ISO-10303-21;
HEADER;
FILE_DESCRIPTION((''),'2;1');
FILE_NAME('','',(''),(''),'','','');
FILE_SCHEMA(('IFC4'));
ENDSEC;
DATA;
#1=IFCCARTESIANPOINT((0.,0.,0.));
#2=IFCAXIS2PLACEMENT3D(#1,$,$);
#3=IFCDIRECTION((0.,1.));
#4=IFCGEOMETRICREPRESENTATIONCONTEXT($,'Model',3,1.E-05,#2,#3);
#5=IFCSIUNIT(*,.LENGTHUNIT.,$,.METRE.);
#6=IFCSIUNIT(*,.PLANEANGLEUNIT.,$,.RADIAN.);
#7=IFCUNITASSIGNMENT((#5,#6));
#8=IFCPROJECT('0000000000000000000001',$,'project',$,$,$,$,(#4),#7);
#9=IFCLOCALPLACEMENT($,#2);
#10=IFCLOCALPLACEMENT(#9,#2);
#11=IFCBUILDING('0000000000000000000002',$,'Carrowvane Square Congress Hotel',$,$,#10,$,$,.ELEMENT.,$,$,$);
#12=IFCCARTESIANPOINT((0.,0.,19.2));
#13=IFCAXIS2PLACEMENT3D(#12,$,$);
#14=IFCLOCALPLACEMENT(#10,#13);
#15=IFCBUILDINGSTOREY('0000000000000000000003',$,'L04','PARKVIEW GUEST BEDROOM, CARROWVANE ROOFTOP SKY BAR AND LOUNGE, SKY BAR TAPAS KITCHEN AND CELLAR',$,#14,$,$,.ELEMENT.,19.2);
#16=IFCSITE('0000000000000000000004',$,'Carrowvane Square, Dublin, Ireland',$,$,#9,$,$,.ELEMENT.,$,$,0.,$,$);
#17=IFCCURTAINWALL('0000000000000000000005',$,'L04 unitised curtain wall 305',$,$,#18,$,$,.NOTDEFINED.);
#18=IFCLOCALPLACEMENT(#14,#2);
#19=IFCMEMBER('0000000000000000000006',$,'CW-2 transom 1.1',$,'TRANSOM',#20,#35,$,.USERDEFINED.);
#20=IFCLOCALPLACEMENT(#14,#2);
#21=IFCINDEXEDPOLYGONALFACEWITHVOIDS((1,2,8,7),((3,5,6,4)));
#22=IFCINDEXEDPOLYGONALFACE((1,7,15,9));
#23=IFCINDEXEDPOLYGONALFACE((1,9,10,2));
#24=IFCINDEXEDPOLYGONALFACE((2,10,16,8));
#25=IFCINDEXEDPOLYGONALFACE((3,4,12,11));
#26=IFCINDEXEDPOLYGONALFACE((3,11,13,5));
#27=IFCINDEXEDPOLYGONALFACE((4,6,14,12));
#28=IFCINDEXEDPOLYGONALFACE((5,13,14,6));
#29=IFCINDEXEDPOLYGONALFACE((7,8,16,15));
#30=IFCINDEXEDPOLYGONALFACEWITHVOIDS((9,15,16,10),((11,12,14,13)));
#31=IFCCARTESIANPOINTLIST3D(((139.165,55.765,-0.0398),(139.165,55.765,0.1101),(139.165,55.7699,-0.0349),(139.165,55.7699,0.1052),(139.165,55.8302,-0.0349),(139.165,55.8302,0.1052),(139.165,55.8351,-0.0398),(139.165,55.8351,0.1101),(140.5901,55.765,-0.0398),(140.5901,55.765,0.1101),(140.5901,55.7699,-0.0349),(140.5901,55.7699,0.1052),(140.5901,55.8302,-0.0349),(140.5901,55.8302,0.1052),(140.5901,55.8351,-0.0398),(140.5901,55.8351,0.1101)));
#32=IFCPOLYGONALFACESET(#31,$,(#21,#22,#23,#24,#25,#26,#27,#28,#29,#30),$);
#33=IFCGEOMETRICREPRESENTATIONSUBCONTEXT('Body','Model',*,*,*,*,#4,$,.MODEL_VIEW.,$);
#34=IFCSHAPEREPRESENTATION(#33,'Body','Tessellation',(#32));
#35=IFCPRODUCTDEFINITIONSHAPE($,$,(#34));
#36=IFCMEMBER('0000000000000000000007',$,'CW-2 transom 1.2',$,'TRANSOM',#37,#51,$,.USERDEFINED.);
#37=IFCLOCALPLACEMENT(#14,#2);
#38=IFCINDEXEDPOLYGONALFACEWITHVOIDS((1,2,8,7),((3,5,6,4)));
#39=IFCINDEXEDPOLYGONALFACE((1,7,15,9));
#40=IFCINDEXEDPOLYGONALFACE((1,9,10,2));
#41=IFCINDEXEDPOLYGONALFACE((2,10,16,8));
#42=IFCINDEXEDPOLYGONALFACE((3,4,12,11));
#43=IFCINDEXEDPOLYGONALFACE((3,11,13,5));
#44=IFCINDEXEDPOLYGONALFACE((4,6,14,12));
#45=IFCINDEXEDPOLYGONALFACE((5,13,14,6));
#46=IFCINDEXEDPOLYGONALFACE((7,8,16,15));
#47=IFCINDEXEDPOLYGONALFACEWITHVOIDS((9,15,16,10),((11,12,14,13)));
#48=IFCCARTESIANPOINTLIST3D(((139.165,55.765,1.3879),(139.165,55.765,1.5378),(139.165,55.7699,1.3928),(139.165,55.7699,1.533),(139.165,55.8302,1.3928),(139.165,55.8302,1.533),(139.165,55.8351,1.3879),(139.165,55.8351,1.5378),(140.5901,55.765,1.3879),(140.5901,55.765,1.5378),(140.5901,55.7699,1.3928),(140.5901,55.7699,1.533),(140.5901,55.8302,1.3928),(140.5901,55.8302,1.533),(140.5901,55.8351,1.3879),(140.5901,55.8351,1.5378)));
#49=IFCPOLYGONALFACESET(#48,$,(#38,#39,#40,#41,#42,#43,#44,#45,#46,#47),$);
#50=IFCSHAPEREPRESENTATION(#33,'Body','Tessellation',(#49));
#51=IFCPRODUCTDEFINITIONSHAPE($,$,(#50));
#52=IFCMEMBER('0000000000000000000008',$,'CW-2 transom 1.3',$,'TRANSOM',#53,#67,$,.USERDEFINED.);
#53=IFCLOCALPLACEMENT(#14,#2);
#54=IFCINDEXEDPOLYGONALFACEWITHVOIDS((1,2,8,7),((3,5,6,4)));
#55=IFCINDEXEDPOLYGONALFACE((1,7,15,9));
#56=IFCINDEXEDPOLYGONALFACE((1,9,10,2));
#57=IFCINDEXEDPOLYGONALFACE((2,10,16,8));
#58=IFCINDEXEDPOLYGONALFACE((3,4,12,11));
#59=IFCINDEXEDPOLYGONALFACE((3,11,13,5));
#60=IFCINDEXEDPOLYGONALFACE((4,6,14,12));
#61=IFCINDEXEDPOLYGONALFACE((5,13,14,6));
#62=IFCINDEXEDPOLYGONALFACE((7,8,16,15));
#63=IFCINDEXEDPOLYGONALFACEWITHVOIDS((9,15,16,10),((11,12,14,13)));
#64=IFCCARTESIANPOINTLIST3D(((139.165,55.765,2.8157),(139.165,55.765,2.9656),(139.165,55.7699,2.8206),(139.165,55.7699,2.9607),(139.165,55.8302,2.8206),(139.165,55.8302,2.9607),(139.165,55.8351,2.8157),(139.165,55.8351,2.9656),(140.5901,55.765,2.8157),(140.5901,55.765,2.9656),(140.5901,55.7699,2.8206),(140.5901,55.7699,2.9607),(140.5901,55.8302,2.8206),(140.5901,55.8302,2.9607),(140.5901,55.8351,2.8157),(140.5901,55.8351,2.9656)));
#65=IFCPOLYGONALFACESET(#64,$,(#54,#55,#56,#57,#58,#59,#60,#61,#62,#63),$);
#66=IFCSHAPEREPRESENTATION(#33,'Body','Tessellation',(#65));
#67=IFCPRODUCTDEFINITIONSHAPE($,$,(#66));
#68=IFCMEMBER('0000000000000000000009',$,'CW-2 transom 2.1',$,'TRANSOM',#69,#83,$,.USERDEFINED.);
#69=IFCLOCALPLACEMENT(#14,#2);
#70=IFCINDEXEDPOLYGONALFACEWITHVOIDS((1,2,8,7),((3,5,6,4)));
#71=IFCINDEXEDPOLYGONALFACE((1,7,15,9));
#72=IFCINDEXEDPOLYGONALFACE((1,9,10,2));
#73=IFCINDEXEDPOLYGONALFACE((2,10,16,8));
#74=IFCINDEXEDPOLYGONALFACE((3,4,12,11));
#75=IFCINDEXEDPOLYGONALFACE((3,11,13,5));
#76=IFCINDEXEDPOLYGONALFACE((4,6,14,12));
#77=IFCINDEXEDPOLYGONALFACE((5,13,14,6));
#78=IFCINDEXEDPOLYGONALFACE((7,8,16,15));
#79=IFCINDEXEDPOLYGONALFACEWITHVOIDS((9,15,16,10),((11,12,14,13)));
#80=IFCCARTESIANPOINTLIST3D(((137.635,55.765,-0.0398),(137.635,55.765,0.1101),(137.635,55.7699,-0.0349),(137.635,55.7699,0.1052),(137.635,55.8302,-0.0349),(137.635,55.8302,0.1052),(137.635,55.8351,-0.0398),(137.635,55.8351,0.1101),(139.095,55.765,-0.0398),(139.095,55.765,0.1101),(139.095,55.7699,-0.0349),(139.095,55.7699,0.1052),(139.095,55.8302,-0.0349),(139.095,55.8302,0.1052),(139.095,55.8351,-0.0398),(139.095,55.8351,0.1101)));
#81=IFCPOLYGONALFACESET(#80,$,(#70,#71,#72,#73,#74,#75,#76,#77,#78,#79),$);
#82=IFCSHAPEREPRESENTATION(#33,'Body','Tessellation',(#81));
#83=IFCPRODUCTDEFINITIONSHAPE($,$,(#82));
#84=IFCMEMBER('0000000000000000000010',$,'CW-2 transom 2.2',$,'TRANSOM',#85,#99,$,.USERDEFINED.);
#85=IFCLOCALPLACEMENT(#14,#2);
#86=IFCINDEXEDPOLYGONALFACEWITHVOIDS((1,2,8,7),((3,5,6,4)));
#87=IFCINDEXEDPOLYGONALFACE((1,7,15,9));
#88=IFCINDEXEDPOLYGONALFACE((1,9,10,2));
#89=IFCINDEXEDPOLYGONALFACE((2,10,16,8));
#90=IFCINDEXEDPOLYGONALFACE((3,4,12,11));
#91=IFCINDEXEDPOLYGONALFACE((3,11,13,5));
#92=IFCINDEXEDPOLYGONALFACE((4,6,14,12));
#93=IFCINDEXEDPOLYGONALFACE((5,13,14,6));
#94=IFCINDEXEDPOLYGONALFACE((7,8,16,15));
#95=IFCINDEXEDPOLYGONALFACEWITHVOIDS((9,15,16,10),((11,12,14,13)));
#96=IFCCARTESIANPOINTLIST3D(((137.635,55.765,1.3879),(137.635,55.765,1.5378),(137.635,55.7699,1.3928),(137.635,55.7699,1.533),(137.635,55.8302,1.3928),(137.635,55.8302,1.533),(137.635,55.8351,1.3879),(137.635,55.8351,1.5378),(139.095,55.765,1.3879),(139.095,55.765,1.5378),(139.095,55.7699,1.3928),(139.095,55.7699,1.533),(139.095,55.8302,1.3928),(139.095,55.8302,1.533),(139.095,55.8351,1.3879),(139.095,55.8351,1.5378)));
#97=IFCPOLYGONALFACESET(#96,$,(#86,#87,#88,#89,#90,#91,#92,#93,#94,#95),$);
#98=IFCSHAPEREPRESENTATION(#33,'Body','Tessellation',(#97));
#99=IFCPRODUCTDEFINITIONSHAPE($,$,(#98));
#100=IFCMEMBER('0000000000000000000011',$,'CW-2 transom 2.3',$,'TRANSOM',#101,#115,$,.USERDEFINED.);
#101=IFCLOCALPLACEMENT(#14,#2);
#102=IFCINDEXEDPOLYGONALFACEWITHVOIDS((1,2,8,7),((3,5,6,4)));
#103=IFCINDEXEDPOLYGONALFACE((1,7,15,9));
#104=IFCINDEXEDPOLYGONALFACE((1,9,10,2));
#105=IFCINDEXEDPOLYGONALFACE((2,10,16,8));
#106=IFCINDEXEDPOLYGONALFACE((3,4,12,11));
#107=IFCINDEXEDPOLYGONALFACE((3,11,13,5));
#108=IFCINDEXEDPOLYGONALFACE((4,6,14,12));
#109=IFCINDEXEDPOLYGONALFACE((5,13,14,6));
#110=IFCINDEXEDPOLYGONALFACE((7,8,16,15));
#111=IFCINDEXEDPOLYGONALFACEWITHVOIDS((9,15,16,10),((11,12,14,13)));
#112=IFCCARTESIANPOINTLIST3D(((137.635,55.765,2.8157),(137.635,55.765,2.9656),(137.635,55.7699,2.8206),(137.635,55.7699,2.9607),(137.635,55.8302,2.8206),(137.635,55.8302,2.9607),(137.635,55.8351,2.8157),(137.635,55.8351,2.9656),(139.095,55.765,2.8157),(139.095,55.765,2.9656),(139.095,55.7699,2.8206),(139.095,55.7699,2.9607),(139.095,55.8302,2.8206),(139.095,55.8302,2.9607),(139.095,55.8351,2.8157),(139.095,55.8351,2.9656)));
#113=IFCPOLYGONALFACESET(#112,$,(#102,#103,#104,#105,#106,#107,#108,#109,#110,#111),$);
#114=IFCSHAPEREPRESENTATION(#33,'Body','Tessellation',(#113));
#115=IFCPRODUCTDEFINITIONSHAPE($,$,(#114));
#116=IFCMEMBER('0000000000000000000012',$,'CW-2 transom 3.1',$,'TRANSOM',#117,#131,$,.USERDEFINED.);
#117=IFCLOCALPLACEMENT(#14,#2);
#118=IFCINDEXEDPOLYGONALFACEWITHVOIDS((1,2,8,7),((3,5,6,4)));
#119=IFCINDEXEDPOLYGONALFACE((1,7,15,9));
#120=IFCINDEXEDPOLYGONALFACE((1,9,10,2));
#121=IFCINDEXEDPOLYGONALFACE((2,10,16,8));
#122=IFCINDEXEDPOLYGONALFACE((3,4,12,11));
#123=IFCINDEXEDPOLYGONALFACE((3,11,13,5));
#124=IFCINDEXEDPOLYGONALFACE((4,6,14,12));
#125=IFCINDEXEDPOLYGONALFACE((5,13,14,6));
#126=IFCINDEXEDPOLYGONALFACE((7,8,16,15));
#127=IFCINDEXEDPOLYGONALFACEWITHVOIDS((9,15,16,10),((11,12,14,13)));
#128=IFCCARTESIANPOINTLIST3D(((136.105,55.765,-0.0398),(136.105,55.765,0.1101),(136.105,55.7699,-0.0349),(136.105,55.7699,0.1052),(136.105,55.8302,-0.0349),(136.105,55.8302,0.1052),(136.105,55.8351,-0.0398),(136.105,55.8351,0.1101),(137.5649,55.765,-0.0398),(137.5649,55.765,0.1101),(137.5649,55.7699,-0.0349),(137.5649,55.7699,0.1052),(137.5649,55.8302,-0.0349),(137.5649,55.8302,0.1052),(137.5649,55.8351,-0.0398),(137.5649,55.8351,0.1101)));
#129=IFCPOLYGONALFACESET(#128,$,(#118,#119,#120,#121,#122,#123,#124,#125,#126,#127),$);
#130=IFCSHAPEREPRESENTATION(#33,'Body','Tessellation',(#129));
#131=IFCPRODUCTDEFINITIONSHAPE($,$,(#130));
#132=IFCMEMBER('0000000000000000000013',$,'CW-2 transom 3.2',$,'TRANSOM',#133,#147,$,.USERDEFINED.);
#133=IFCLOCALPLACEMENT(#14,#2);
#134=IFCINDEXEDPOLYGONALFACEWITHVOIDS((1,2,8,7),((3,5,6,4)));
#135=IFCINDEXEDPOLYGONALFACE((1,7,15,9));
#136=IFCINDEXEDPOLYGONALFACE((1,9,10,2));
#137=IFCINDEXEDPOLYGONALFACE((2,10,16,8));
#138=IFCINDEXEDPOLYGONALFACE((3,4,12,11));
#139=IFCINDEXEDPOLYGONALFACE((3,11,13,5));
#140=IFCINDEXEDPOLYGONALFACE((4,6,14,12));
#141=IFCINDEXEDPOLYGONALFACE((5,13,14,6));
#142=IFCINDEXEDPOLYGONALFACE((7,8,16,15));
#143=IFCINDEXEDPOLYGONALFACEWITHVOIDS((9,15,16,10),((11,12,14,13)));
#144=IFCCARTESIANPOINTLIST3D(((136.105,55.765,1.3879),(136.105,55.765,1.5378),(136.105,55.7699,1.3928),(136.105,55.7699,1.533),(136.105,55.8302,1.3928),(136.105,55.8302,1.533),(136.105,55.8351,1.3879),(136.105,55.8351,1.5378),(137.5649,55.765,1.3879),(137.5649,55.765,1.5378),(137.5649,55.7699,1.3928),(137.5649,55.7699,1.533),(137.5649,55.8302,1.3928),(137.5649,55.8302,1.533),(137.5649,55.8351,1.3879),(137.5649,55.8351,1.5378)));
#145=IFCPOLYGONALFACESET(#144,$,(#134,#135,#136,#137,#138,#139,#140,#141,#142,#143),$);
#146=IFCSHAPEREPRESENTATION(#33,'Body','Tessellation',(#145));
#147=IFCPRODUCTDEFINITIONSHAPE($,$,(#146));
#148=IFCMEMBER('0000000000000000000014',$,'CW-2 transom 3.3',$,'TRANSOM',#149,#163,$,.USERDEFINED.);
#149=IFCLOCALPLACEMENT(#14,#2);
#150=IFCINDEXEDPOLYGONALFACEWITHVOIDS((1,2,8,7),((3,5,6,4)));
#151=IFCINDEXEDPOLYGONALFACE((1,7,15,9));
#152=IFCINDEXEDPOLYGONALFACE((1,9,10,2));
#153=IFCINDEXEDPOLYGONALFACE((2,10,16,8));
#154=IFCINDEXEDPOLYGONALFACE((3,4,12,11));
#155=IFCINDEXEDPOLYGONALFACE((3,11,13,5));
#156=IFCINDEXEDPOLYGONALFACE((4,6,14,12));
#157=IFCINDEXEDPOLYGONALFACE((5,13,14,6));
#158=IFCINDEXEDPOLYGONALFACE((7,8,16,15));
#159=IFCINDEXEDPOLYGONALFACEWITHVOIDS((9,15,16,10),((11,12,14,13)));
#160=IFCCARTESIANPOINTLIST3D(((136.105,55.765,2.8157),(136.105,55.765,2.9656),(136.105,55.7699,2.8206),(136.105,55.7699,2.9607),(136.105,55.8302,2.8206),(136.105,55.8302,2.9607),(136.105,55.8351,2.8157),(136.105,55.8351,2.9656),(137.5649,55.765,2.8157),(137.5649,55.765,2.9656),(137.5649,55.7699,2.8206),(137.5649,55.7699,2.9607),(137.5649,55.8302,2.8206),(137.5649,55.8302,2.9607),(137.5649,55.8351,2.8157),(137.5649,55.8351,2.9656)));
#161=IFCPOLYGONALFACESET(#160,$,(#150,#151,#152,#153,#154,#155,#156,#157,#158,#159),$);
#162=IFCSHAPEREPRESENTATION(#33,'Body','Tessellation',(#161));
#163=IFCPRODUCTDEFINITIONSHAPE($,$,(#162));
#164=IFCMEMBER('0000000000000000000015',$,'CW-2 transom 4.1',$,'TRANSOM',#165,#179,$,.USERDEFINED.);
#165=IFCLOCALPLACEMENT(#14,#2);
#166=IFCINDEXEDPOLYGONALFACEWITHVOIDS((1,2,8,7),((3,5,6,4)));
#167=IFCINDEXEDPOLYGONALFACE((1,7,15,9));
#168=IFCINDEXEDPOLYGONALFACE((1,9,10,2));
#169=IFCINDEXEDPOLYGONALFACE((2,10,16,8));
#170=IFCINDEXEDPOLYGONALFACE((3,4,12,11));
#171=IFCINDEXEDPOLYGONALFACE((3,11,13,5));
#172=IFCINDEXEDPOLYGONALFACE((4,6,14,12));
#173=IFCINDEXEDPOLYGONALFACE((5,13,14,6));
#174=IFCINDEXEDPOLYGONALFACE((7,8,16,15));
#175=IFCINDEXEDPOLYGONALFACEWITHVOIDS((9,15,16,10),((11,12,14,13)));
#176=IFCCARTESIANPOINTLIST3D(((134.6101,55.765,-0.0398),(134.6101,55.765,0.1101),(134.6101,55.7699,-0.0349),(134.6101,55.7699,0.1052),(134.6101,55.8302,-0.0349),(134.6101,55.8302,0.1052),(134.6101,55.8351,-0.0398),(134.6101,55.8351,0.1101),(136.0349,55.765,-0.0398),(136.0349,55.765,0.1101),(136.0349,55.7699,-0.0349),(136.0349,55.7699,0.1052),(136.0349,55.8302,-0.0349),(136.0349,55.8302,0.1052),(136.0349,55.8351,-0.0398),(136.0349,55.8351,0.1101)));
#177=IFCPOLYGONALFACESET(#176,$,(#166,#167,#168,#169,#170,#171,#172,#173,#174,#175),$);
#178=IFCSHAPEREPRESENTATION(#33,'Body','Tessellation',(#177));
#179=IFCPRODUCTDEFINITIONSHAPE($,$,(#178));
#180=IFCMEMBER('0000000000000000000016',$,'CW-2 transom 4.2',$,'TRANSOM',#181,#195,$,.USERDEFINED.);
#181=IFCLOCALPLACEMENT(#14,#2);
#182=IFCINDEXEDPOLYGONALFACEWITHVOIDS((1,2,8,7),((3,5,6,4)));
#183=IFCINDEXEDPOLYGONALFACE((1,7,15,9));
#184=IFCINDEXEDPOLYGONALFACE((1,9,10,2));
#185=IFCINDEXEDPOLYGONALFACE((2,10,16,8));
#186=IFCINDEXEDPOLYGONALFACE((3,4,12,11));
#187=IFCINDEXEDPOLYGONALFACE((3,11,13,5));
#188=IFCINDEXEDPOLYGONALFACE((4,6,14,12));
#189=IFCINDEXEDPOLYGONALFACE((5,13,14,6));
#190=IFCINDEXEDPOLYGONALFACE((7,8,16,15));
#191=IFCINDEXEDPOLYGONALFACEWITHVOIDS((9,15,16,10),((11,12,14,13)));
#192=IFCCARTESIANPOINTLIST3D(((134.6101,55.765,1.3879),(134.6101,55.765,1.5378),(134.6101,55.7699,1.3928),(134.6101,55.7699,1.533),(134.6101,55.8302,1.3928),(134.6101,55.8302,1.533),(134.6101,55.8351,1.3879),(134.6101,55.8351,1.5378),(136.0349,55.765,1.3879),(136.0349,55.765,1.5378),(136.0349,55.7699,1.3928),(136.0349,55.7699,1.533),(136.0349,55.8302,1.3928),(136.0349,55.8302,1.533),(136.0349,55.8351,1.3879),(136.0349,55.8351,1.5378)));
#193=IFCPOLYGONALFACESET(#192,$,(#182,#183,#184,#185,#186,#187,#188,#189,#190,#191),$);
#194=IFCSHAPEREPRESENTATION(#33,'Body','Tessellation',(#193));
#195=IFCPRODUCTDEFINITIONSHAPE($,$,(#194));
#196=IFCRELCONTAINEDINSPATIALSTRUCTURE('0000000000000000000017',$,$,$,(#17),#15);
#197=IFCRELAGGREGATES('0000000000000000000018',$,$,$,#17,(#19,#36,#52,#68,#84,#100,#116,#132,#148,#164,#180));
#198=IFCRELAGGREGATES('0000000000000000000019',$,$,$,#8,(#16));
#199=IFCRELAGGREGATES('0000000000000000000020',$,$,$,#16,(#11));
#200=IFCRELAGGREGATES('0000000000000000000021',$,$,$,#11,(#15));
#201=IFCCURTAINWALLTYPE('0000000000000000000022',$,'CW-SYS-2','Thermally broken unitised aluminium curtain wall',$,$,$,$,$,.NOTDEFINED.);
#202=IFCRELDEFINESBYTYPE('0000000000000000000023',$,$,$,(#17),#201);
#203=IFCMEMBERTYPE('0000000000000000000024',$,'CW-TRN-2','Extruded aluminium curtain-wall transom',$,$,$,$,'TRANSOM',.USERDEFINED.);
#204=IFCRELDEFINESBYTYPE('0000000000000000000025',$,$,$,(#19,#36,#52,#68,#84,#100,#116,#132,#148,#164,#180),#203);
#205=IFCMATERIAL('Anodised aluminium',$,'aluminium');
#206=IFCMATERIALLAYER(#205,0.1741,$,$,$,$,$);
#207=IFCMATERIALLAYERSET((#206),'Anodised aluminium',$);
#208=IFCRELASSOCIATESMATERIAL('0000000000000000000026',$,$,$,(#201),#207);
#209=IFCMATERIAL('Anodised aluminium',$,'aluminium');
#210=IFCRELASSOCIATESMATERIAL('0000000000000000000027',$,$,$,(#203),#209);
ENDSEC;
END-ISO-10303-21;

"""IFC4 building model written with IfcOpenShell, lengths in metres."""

from ifc_helpers import new_model, si_unit, direction, frame, origin, origin_2d, place, context, subcontext, project, spatial, hollow_rectangle, extrude, material, layer, layer_set, material_profile, profile_set, type_object, element, aggregate, save


model = new_model("IFC4")

# Units and contexts
model_context = context("Model", 3, precision=1e-05, world=origin(), true_north=direction((0.0, 1.0)))
body_context = subcontext(model_context, "Body", "Model", "MODEL_VIEW")
ifc_project = project(units=[si_unit("LENGTHUNIT", "METRE"), si_unit("PLANEANGLEUNIT", "RADIAN")], contexts=[model_context])

# Site, building, storey
site_placement = place(None, origin())
site = spatial("IfcSite", under=ifc_project, at=site_placement, Name="Carrowvane Square, Dublin, Ireland", CompositionType="ELEMENT", RefElevation=0.0)
building_placement = place(site_placement, origin())
building = spatial("IfcBuilding", under=site, at=building_placement, Name="Carrowvane Square Congress Hotel", CompositionType="ELEMENT")
storey_placement = place(building_placement, frame((0.0, 0.0, 19.2)))
storey = spatial("IfcBuildingStorey", under=building, at=storey_placement, Name="L04", Description="PARKVIEW GUEST BEDROOM, CARROWVANE ROOFTOP SKY BAR AND LOUNGE, SKY BAR TAPAS KITCHEN AND CELLAR", CompositionType="ELEMENT", Elevation=19.2)

# Curtain wall, members
ifc_material_1 = material(Name="Anodised aluminium", Category="aluminium")
ifc_layer_1 = layer(ifc_material_1, 0.1741)
ifc_layer_set_1 = layer_set([ifc_layer_1], Name="Anodised aluminium")
curtain_wall_type = type_object("IfcCurtainWallType", Name="CW-SYS-2", Description="Thermally broken unitised aluminium curtain wall", PredefinedType="NOTDEFINED", material=ifc_layer_set_1)
curtain_wall_placement = place(storey_placement, origin())
curtain_wall = element("IfcCurtainWall", 1, at=curtain_wall_placement, inside=storey, type_object=curtain_wall_type, Name="L04 unitised curtain wall 305", PredefinedType="NOTDEFINED")
ifc_material_2 = material(Name="Anodised aluminium", Category="aluminium")
ifc_material_profile_1 = material_profile(ifc_material_2, hollow_rectangle(XDim=0.0701, YDim=0.1499, WallThickness=0.0049, at=origin_2d()), Name="CW-TR 70x150x5")
ifc_profile_set_1 = profile_set([ifc_material_profile_1], Name="Anodised aluminium")
member_type_1 = type_object("IfcMemberType", Name="CW-TRN-2", Description="Extruded aluminium curtain-wall transom", ElementType="TRANSOM", PredefinedType="USERDEFINED", material=ifc_profile_set_1)
member_1_placement = place(storey_placement, frame((140.5901, 55.8, 0.0352), z_axis=(-1.0, 0.0, 0.0), x_axis=(0.0, -1.0, 0.0)))
member_1 = element("IfcMember", 2, at=member_1_placement, type_object=member_type_1, Name="CW-2 transom 1.1", ObjectType="TRANSOM", PredefinedType="USERDEFINED", context=body_context, shape_type="SweptSolid", body=[
    extrude(hollow_rectangle(XDim=0.0701, YDim=0.1499, WallThickness=0.0049, at=origin_2d()), origin(), (0.0, 0.0, 1.0), 1.425),
])
member_2_placement = place(storey_placement, frame((140.5901, 55.8, 1.4629), z_axis=(-1.0, 0.0, 0.0), x_axis=(0.0, -1.0, 0.0)))
member_2 = element("IfcMember", 3, at=member_2_placement, type_object=member_type_1, Name="CW-2 transom 1.2", ObjectType="TRANSOM", PredefinedType="USERDEFINED", context=body_context, shape_type="SweptSolid", body=[
    extrude(hollow_rectangle(XDim=0.0701, YDim=0.1499, WallThickness=0.0049, at=origin_2d()), origin(), (0.0, 0.0, 1.0), 1.425),
])
member_3_placement = place(storey_placement, frame((140.5901, 55.8, 2.8906), z_axis=(-1.0, 0.0, 0.0), x_axis=(0.0, -1.0, 0.0)))
member_3 = element("IfcMember", 4, at=member_3_placement, type_object=member_type_1, Name="CW-2 transom 1.3", ObjectType="TRANSOM", PredefinedType="USERDEFINED", context=body_context, shape_type="SweptSolid", body=[
    extrude(hollow_rectangle(XDim=0.0701, YDim=0.1499, WallThickness=0.0049, at=origin_2d()), origin(), (0.0, 0.0, 1.0), 1.425),
])
member_4_placement = place(storey_placement, frame((139.095, 55.8, 0.0352), z_axis=(-1.0, 0.0, 0.0), x_axis=(0.0, -1.0, 0.0)))
member_4 = element("IfcMember", 5, at=member_4_placement, type_object=member_type_1, Name="CW-2 transom 2.1", ObjectType="TRANSOM", PredefinedType="USERDEFINED", context=body_context, shape_type="SweptSolid", body=[
    extrude(hollow_rectangle(XDim=0.0701, YDim=0.1499, WallThickness=0.0049, at=origin_2d()), origin(), (0.0, 0.0, 1.0), 1.46),
])
member_5_placement = place(storey_placement, frame((139.095, 55.8, 1.4629), z_axis=(-1.0, 0.0, 0.0), x_axis=(0.0, -1.0, 0.0)))
member_5 = element("IfcMember", 6, at=member_5_placement, type_object=member_type_1, Name="CW-2 transom 2.2", ObjectType="TRANSOM", PredefinedType="USERDEFINED", context=body_context, shape_type="SweptSolid", body=[
    extrude(hollow_rectangle(XDim=0.0701, YDim=0.1499, WallThickness=0.0049, at=origin_2d()), origin(), (0.0, 0.0, 1.0), 1.46),
])
member_6_placement = place(storey_placement, frame((139.095, 55.8, 2.8906), z_axis=(-1.0, 0.0, 0.0), x_axis=(0.0, -1.0, 0.0)))
member_6 = element("IfcMember", 7, at=member_6_placement, type_object=member_type_1, Name="CW-2 transom 2.3", ObjectType="TRANSOM", PredefinedType="USERDEFINED", context=body_context, shape_type="SweptSolid", body=[
    extrude(hollow_rectangle(XDim=0.0701, YDim=0.1499, WallThickness=0.0049, at=origin_2d()), origin(), (0.0, 0.0, 1.0), 1.46),
])
member_7_placement = place(storey_placement, frame((137.5649, 55.8, 0.0352), z_axis=(-1.0, 0.0, 0.0), x_axis=(0.0, -1.0, 0.0)))
member_7 = element("IfcMember", 8, at=member_7_placement, type_object=member_type_1, Name="CW-2 transom 3.1", ObjectType="TRANSOM", PredefinedType="USERDEFINED", context=body_context, shape_type="SweptSolid", body=[
    extrude(hollow_rectangle(XDim=0.0701, YDim=0.1499, WallThickness=0.0049, at=origin_2d()), origin(), (0.0, 0.0, 1.0), 1.46),
])
member_8_placement = place(storey_placement, frame((137.5649, 55.8, 1.4629), z_axis=(-1.0, 0.0, 0.0), x_axis=(0.0, -1.0, 0.0)))
member_8 = element("IfcMember", 9, at=member_8_placement, type_object=member_type_1, Name="CW-2 transom 3.2", ObjectType="TRANSOM", PredefinedType="USERDEFINED", context=body_context, shape_type="SweptSolid", body=[
    extrude(hollow_rectangle(XDim=0.0701, YDim=0.1499, WallThickness=0.0049, at=origin_2d()), origin(), (0.0, 0.0, 1.0), 1.46),
])
member_9_placement = place(storey_placement, frame((137.5649, 55.8, 2.8906), z_axis=(-1.0, 0.0, 0.0), x_axis=(0.0, -1.0, 0.0)))
member_9 = element("IfcMember", 10, at=member_9_placement, type_object=member_type_1, Name="CW-2 transom 3.3", ObjectType="TRANSOM", PredefinedType="USERDEFINED", context=body_context, shape_type="SweptSolid", body=[
    extrude(hollow_rectangle(XDim=0.0701, YDim=0.1499, WallThickness=0.0049, at=origin_2d()), origin(), (0.0, 0.0, 1.0), 1.46),
])
member_10_placement = place(storey_placement, frame((136.0349, 55.8, 0.0352), z_axis=(-1.0, 0.0, 0.0), x_axis=(0.0, -1.0, 0.0)))
member_10 = element("IfcMember", 11, at=member_10_placement, type_object=member_type_1, Name="CW-2 transom 4.1", ObjectType="TRANSOM", PredefinedType="USERDEFINED", context=body_context, shape_type="SweptSolid", body=[
    extrude(hollow_rectangle(XDim=0.0701, YDim=0.1499, WallThickness=0.0049, at=origin_2d()), origin(), (0.0, 0.0, 1.0), 1.4248),
])
member_11_placement = place(storey_placement, frame((136.0349, 55.8, 1.4629), z_axis=(-1.0, 0.0, 0.0), x_axis=(0.0, -1.0, 0.0)))
member_11 = element("IfcMember", 12, at=member_11_placement, type_object=member_type_1, Name="CW-2 transom 4.2", ObjectType="TRANSOM", PredefinedType="USERDEFINED", context=body_context, shape_type="SweptSolid", body=[
    extrude(hollow_rectangle(XDim=0.0701, YDim=0.1499, WallThickness=0.0049, at=origin_2d()), origin(), (0.0, 0.0, 1.0), 1.4248),
])
aggregate(curtain_wall, [member_1, member_2, member_3, member_4, member_5, member_6, member_7, member_8, member_9, member_10, member_11])

save(model, "model.ifc")
